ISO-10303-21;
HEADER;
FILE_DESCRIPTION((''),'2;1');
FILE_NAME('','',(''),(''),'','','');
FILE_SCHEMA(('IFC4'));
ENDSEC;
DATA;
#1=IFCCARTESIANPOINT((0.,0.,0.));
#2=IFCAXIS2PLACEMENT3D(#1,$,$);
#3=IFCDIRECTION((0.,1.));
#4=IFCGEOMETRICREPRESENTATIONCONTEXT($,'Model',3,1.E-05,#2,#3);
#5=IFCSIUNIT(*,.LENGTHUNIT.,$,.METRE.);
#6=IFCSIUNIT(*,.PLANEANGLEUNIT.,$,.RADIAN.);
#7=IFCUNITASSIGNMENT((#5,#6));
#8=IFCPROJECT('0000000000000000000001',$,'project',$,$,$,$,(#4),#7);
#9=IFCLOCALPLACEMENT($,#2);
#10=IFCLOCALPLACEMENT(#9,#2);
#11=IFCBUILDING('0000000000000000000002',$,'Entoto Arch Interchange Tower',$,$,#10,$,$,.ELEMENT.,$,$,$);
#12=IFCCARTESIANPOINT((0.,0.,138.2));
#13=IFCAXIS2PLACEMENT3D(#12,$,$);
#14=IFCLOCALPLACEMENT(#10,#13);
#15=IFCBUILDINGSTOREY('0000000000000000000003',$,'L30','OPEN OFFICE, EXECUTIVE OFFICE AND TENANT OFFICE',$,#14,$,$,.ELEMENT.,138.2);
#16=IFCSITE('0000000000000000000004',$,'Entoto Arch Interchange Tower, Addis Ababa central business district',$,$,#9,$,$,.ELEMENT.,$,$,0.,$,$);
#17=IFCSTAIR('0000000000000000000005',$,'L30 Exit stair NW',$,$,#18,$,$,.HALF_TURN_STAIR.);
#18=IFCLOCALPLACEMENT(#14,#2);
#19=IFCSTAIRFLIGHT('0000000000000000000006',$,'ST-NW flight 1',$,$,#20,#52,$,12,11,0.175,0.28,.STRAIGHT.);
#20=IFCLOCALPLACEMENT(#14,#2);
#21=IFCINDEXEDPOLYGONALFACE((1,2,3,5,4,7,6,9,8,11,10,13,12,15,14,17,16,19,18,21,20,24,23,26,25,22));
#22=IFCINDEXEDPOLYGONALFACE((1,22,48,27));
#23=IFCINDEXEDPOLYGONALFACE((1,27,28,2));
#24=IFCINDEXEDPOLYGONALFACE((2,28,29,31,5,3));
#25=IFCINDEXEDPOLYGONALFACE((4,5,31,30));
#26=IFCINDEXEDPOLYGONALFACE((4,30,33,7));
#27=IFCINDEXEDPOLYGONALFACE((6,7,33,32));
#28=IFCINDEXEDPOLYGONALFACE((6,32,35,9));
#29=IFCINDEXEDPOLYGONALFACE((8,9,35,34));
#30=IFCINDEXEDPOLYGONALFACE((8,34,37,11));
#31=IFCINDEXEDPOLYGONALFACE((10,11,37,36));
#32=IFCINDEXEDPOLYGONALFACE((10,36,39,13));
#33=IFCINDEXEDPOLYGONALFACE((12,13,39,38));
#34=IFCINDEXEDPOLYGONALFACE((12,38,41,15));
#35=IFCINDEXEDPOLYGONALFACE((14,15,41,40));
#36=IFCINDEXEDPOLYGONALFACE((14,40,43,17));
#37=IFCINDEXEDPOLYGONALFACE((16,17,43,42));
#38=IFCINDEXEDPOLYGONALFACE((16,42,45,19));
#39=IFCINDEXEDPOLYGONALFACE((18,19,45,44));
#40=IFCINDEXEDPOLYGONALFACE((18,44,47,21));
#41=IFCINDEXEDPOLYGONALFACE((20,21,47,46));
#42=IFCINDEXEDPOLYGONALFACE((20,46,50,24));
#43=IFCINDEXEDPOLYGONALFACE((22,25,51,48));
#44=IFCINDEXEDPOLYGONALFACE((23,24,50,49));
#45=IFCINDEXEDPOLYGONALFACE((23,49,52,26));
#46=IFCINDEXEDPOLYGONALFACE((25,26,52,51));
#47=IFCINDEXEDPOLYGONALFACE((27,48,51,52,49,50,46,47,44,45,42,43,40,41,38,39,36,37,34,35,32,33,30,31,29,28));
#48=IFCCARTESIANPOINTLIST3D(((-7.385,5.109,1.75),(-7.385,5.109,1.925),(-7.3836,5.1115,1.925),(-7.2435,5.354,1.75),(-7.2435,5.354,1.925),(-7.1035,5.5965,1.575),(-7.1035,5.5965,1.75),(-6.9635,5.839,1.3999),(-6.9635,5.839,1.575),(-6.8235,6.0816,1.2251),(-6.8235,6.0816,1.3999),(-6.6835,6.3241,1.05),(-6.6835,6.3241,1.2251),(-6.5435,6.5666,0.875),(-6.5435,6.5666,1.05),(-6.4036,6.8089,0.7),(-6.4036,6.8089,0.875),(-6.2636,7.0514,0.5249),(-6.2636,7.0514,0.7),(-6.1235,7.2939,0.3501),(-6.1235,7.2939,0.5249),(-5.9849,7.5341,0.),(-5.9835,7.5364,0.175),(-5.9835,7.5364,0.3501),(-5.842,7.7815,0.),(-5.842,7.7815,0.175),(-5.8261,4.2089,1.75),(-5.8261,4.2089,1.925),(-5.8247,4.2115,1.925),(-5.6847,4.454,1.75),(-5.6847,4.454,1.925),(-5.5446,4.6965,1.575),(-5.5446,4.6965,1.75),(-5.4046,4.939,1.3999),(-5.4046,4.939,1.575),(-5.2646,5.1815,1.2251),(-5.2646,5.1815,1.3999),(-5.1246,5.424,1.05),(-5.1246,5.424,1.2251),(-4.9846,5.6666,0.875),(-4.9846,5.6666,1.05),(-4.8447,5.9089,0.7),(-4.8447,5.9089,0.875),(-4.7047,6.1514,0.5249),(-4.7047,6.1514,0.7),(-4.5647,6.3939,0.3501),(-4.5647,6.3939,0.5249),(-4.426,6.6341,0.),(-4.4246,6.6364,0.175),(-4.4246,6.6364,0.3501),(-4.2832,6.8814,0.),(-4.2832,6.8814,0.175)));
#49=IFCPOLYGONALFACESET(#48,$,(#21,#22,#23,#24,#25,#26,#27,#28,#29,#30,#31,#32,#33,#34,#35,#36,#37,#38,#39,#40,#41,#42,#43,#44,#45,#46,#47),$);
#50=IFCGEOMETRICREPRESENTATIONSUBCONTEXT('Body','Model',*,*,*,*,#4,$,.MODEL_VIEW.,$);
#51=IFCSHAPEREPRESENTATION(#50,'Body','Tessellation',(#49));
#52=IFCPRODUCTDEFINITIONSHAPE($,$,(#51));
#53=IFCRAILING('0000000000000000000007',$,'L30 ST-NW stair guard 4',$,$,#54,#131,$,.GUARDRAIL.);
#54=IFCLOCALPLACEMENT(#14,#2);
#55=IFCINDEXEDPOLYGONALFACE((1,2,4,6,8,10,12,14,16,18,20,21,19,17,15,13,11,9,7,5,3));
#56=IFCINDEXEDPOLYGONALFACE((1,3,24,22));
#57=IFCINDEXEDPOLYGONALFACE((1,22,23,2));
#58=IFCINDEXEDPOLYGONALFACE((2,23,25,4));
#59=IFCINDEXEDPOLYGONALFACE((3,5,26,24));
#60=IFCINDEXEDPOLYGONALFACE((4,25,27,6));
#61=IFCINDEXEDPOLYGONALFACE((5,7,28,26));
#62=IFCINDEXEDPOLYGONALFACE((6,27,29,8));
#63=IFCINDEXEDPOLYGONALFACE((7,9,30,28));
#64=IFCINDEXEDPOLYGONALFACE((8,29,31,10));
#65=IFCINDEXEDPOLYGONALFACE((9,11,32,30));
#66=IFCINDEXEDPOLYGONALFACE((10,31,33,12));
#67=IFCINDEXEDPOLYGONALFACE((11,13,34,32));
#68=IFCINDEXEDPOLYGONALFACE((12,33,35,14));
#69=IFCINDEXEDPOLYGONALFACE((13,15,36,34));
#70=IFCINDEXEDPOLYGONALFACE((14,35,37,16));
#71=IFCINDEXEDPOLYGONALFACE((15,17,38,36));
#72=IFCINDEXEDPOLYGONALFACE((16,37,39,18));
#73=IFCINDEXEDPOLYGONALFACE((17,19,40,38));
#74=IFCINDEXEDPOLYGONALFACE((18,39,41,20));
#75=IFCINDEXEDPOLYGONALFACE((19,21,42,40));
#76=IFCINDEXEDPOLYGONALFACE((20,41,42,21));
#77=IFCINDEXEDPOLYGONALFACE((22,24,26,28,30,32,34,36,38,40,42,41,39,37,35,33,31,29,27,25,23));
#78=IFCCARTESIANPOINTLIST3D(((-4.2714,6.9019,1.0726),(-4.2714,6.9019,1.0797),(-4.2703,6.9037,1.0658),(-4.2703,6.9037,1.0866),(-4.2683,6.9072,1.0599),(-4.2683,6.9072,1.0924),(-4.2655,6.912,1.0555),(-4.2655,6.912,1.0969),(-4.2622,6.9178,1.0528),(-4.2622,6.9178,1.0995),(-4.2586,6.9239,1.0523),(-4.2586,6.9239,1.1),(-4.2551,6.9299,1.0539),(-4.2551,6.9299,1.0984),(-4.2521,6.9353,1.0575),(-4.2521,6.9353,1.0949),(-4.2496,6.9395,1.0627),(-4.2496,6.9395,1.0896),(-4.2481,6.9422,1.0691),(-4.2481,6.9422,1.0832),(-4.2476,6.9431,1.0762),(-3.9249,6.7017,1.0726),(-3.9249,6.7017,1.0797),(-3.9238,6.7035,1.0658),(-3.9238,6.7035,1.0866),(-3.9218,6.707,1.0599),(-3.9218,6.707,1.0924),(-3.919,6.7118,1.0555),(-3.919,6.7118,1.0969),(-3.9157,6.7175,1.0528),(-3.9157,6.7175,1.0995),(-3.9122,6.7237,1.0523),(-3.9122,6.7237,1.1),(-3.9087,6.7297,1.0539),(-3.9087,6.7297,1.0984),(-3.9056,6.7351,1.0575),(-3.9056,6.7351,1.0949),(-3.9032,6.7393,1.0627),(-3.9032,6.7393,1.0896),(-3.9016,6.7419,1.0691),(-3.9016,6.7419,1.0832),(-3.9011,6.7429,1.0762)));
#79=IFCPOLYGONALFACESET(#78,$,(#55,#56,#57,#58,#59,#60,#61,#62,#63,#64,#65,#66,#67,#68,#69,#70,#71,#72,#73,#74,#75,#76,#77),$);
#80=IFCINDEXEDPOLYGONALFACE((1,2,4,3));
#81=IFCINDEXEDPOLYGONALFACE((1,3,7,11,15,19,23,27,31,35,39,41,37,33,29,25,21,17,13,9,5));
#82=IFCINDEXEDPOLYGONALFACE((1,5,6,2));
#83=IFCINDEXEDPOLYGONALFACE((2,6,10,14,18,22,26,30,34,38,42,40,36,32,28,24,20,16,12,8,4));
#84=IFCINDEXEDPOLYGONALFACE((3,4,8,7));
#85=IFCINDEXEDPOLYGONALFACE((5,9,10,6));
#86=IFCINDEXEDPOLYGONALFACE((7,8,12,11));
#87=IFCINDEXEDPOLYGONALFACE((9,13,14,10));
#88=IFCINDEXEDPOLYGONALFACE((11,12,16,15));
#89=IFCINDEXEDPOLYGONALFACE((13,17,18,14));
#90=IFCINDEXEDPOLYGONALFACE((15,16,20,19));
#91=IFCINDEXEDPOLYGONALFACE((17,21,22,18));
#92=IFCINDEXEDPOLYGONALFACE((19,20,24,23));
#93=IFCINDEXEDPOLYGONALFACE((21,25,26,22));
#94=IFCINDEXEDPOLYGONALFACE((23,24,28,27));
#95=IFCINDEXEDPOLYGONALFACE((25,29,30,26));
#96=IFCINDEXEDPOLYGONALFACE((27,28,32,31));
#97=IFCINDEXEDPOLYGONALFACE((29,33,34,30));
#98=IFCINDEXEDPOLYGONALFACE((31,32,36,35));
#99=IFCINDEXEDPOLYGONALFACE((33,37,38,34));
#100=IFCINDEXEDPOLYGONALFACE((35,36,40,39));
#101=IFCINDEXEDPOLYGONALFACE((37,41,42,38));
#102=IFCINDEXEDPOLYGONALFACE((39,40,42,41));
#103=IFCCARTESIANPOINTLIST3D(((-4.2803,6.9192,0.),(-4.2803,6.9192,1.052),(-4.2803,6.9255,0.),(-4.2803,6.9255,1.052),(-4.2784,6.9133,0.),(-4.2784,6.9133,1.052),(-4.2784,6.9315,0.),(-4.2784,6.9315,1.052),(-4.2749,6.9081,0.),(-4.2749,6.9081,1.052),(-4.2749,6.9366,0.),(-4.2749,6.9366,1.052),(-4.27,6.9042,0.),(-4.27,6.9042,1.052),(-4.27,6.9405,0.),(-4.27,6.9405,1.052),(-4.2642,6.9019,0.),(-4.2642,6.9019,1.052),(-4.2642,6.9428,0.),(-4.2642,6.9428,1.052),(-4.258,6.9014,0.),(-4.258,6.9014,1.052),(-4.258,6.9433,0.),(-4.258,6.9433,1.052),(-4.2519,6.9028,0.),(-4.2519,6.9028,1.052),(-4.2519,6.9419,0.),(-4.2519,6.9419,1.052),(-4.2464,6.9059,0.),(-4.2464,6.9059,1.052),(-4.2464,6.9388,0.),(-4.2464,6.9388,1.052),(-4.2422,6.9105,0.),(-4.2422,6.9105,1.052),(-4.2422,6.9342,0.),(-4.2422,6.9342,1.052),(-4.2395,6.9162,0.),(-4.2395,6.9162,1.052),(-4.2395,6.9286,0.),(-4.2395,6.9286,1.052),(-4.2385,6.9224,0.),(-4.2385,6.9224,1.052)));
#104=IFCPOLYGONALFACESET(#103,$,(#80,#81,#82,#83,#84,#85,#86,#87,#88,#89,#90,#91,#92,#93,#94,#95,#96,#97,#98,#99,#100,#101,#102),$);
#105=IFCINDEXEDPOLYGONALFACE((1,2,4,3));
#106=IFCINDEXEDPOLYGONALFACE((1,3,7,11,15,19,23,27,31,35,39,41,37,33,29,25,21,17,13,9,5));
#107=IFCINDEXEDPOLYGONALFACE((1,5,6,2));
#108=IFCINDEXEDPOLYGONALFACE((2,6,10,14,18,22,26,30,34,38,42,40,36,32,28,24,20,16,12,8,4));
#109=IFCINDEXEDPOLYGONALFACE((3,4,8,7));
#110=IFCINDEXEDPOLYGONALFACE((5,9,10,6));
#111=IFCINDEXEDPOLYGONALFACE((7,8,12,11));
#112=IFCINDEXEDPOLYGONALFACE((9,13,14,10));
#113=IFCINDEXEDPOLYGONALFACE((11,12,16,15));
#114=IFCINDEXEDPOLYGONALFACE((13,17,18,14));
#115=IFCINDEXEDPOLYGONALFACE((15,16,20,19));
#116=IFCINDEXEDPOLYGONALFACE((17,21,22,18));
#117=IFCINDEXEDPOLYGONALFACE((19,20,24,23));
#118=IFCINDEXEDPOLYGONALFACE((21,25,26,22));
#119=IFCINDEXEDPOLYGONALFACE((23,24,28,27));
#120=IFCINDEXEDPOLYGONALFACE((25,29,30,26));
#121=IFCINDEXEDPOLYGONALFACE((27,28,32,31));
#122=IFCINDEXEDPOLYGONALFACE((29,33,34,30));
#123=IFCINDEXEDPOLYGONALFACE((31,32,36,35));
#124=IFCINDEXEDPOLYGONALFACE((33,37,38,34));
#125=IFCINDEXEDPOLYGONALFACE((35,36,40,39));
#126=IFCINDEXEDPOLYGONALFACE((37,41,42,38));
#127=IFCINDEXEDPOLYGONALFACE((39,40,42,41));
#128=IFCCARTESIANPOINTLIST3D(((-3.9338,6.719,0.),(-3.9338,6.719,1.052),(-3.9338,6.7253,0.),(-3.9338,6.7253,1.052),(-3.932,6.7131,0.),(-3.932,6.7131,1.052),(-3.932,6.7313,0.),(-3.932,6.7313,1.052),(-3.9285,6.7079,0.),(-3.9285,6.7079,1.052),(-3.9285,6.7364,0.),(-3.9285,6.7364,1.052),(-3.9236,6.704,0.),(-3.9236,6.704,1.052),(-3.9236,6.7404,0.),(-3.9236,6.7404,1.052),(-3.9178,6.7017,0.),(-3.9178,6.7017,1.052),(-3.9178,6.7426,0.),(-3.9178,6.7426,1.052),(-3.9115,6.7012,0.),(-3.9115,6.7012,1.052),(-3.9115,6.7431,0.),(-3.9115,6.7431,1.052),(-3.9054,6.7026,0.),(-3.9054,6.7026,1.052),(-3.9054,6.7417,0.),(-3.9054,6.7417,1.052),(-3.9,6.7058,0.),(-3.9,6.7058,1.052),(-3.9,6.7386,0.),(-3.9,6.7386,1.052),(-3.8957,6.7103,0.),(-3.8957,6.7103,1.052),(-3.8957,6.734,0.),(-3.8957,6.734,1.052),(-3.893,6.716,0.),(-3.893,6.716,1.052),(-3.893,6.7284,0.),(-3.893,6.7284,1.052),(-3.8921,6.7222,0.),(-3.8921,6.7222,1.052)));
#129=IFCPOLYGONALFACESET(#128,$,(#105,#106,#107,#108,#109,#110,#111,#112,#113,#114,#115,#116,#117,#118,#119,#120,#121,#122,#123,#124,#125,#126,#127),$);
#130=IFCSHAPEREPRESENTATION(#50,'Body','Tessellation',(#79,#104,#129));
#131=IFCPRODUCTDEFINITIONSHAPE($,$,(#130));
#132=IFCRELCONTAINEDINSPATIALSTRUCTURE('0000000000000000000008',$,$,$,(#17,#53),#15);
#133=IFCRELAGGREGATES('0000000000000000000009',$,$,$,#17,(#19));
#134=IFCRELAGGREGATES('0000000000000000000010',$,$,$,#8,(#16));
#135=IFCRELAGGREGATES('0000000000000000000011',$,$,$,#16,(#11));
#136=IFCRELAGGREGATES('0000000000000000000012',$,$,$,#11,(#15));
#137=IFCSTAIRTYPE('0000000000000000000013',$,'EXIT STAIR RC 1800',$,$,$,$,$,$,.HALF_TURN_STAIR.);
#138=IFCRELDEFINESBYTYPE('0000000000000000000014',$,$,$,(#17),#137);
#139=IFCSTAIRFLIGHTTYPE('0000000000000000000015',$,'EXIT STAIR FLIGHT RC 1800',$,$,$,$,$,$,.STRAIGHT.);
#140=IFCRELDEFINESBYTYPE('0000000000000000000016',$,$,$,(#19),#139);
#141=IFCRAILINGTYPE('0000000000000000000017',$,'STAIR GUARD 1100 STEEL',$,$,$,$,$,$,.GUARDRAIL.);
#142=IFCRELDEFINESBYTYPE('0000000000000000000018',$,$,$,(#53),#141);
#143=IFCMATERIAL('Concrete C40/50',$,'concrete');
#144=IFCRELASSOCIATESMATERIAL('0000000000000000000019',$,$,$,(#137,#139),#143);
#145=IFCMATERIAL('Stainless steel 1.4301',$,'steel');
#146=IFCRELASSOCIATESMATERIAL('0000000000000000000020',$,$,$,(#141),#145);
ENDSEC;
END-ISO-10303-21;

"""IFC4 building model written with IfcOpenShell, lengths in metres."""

from ifc_helpers import new_model, si_unit, direction, frame, origin, origin_2d, place, context, subcontext, project, spatial, polyline, circle, outline, extrude, material, type_object, element, aggregate, save


model = new_model("IFC4")

# Units and contexts
model_context = context("Model", 3, precision=1e-05, world=origin(), true_north=direction((0.0, 1.0)))
body_context = subcontext(model_context, "Body", "Model", "MODEL_VIEW")
ifc_project = project(units=[si_unit("LENGTHUNIT", "METRE"), si_unit("PLANEANGLEUNIT", "RADIAN")], contexts=[model_context])

# Site, building, storey
site_placement = place(None, origin())
site = spatial("IfcSite", under=ifc_project, at=site_placement, Name="Entoto Arch Interchange Tower, Addis Ababa central business district", CompositionType="ELEMENT", RefElevation=0.0)
building_placement = place(site_placement, origin())
building = spatial("IfcBuilding", under=site, at=building_placement, Name="Entoto Arch Interchange Tower", CompositionType="ELEMENT")
storey_placement = place(building_placement, frame((0.0, 0.0, 138.2)))
storey = spatial("IfcBuildingStorey", under=building, at=storey_placement, Name="L30", Description="OPEN OFFICE, EXECUTIVE OFFICE AND TENANT OFFICE", CompositionType="ELEMENT", Elevation=138.2)

# Shared definitions
ifc_material_1 = material(Name="Concrete C40/50", Category="concrete")

# Stair, stair flight
stair_type = type_object("IfcStairType", Name="EXIT STAIR RC 1800", PredefinedType="HALF_TURN_STAIR", material=ifc_material_1)
stair_placement = place(storey_placement, origin())
stair = element("IfcStair", 1, at=stair_placement, inside=storey, type_object=stair_type, Name="L30 Exit stair NW", PredefinedType="HALF_TURN_STAIR")
stair_flight_type = type_object("IfcStairFlightType", Name="EXIT STAIR FLIGHT RC 1800", PredefinedType="STRAIGHT", material=ifc_material_1)
stair_flight_placement = place(storey_placement, frame((-5.064, 7.3289, 0.0), z_axis=(0.0, 0.0, 1.0), x_axis=(-0.5, -0.866025, 0.0)))
stair_flight = element("IfcStairFlight", 2, at=stair_flight_placement, type_object=stair_flight_type, Name="ST-NW flight 1", NumberOfRisers=12, NumberOfTreads=11, PredefinedType="STRAIGHT", RiserHeight=0.175, TreadLength=0.28, context=body_context, shape_type="SweptSolid", body=[
    extrude(outline(polyline([(-0.0029, 0.0), (-0.0029, 0.175), (0.28, 0.175), (0.28, 0.3501), (0.5601, 0.3501), (0.5601, 0.5249), (0.8401, 0.5249), (0.8401, 0.7), (1.1201, 0.7), (1.1201, 0.875), (1.3999, 0.875), (1.3999, 1.05), (1.6799, 1.05), (1.6799, 1.2251), (1.96, 1.2251), (1.96, 1.3999), (2.24, 1.3999), (2.24, 1.575), (2.52, 1.575), (2.52, 1.75), (2.8, 1.75), (2.8, 1.925), (3.0801, 1.925), (3.083, 1.925), (3.083, 1.75), (0.2827, 0.0), (-0.0029, 0.0)])), frame((0.0, 0.8999, 0.0), z_axis=(0.0, -1.0, 0.0), x_axis=(1.0, 0.0, 0.0)), (0.0, 0.0, 1.0), 1.8),
])
aggregate(stair, [stair_flight])

# Railing
ifc_material_2 = material(Name="Stainless steel 1.4301", Category="steel")
railing_type_1 = type_object("IfcRailingType", Name="STAIR GUARD 1100 STEEL", PredefinedType="GUARDRAIL", material=ifc_material_2)
railing_1_placement = place(storey_placement, frame((-4.2595, 6.9224, 0.0)))
element("IfcRailing", 3, at=railing_1_placement, inside=storey, type_object=railing_type_1, Name="L30 ST-NW stair guard 4", PredefinedType="GUARDRAIL", context=body_context, shape_type="SweptSolid", body=[
    extrude(circle(Radius=0.0239, at=origin_2d()), frame((0.0, 0.0, 1.0762), z_axis=(0.86583, -0.500339, 0.0), x_axis=(0.500339, 0.86583, 0.0)), (0.0, 0.0, 1.0), 0.4001),
    extrude(circle(Radius=0.021, at=origin_2d()), origin(), (0.0, 0.0, 1.0), 1.052),
    extrude(circle(Radius=0.021, at=origin_2d()), frame((0.3464, -0.2002, 0.0)), (0.0, 0.0, 1.0), 1.052),
])

save(model, "model.ifc")
